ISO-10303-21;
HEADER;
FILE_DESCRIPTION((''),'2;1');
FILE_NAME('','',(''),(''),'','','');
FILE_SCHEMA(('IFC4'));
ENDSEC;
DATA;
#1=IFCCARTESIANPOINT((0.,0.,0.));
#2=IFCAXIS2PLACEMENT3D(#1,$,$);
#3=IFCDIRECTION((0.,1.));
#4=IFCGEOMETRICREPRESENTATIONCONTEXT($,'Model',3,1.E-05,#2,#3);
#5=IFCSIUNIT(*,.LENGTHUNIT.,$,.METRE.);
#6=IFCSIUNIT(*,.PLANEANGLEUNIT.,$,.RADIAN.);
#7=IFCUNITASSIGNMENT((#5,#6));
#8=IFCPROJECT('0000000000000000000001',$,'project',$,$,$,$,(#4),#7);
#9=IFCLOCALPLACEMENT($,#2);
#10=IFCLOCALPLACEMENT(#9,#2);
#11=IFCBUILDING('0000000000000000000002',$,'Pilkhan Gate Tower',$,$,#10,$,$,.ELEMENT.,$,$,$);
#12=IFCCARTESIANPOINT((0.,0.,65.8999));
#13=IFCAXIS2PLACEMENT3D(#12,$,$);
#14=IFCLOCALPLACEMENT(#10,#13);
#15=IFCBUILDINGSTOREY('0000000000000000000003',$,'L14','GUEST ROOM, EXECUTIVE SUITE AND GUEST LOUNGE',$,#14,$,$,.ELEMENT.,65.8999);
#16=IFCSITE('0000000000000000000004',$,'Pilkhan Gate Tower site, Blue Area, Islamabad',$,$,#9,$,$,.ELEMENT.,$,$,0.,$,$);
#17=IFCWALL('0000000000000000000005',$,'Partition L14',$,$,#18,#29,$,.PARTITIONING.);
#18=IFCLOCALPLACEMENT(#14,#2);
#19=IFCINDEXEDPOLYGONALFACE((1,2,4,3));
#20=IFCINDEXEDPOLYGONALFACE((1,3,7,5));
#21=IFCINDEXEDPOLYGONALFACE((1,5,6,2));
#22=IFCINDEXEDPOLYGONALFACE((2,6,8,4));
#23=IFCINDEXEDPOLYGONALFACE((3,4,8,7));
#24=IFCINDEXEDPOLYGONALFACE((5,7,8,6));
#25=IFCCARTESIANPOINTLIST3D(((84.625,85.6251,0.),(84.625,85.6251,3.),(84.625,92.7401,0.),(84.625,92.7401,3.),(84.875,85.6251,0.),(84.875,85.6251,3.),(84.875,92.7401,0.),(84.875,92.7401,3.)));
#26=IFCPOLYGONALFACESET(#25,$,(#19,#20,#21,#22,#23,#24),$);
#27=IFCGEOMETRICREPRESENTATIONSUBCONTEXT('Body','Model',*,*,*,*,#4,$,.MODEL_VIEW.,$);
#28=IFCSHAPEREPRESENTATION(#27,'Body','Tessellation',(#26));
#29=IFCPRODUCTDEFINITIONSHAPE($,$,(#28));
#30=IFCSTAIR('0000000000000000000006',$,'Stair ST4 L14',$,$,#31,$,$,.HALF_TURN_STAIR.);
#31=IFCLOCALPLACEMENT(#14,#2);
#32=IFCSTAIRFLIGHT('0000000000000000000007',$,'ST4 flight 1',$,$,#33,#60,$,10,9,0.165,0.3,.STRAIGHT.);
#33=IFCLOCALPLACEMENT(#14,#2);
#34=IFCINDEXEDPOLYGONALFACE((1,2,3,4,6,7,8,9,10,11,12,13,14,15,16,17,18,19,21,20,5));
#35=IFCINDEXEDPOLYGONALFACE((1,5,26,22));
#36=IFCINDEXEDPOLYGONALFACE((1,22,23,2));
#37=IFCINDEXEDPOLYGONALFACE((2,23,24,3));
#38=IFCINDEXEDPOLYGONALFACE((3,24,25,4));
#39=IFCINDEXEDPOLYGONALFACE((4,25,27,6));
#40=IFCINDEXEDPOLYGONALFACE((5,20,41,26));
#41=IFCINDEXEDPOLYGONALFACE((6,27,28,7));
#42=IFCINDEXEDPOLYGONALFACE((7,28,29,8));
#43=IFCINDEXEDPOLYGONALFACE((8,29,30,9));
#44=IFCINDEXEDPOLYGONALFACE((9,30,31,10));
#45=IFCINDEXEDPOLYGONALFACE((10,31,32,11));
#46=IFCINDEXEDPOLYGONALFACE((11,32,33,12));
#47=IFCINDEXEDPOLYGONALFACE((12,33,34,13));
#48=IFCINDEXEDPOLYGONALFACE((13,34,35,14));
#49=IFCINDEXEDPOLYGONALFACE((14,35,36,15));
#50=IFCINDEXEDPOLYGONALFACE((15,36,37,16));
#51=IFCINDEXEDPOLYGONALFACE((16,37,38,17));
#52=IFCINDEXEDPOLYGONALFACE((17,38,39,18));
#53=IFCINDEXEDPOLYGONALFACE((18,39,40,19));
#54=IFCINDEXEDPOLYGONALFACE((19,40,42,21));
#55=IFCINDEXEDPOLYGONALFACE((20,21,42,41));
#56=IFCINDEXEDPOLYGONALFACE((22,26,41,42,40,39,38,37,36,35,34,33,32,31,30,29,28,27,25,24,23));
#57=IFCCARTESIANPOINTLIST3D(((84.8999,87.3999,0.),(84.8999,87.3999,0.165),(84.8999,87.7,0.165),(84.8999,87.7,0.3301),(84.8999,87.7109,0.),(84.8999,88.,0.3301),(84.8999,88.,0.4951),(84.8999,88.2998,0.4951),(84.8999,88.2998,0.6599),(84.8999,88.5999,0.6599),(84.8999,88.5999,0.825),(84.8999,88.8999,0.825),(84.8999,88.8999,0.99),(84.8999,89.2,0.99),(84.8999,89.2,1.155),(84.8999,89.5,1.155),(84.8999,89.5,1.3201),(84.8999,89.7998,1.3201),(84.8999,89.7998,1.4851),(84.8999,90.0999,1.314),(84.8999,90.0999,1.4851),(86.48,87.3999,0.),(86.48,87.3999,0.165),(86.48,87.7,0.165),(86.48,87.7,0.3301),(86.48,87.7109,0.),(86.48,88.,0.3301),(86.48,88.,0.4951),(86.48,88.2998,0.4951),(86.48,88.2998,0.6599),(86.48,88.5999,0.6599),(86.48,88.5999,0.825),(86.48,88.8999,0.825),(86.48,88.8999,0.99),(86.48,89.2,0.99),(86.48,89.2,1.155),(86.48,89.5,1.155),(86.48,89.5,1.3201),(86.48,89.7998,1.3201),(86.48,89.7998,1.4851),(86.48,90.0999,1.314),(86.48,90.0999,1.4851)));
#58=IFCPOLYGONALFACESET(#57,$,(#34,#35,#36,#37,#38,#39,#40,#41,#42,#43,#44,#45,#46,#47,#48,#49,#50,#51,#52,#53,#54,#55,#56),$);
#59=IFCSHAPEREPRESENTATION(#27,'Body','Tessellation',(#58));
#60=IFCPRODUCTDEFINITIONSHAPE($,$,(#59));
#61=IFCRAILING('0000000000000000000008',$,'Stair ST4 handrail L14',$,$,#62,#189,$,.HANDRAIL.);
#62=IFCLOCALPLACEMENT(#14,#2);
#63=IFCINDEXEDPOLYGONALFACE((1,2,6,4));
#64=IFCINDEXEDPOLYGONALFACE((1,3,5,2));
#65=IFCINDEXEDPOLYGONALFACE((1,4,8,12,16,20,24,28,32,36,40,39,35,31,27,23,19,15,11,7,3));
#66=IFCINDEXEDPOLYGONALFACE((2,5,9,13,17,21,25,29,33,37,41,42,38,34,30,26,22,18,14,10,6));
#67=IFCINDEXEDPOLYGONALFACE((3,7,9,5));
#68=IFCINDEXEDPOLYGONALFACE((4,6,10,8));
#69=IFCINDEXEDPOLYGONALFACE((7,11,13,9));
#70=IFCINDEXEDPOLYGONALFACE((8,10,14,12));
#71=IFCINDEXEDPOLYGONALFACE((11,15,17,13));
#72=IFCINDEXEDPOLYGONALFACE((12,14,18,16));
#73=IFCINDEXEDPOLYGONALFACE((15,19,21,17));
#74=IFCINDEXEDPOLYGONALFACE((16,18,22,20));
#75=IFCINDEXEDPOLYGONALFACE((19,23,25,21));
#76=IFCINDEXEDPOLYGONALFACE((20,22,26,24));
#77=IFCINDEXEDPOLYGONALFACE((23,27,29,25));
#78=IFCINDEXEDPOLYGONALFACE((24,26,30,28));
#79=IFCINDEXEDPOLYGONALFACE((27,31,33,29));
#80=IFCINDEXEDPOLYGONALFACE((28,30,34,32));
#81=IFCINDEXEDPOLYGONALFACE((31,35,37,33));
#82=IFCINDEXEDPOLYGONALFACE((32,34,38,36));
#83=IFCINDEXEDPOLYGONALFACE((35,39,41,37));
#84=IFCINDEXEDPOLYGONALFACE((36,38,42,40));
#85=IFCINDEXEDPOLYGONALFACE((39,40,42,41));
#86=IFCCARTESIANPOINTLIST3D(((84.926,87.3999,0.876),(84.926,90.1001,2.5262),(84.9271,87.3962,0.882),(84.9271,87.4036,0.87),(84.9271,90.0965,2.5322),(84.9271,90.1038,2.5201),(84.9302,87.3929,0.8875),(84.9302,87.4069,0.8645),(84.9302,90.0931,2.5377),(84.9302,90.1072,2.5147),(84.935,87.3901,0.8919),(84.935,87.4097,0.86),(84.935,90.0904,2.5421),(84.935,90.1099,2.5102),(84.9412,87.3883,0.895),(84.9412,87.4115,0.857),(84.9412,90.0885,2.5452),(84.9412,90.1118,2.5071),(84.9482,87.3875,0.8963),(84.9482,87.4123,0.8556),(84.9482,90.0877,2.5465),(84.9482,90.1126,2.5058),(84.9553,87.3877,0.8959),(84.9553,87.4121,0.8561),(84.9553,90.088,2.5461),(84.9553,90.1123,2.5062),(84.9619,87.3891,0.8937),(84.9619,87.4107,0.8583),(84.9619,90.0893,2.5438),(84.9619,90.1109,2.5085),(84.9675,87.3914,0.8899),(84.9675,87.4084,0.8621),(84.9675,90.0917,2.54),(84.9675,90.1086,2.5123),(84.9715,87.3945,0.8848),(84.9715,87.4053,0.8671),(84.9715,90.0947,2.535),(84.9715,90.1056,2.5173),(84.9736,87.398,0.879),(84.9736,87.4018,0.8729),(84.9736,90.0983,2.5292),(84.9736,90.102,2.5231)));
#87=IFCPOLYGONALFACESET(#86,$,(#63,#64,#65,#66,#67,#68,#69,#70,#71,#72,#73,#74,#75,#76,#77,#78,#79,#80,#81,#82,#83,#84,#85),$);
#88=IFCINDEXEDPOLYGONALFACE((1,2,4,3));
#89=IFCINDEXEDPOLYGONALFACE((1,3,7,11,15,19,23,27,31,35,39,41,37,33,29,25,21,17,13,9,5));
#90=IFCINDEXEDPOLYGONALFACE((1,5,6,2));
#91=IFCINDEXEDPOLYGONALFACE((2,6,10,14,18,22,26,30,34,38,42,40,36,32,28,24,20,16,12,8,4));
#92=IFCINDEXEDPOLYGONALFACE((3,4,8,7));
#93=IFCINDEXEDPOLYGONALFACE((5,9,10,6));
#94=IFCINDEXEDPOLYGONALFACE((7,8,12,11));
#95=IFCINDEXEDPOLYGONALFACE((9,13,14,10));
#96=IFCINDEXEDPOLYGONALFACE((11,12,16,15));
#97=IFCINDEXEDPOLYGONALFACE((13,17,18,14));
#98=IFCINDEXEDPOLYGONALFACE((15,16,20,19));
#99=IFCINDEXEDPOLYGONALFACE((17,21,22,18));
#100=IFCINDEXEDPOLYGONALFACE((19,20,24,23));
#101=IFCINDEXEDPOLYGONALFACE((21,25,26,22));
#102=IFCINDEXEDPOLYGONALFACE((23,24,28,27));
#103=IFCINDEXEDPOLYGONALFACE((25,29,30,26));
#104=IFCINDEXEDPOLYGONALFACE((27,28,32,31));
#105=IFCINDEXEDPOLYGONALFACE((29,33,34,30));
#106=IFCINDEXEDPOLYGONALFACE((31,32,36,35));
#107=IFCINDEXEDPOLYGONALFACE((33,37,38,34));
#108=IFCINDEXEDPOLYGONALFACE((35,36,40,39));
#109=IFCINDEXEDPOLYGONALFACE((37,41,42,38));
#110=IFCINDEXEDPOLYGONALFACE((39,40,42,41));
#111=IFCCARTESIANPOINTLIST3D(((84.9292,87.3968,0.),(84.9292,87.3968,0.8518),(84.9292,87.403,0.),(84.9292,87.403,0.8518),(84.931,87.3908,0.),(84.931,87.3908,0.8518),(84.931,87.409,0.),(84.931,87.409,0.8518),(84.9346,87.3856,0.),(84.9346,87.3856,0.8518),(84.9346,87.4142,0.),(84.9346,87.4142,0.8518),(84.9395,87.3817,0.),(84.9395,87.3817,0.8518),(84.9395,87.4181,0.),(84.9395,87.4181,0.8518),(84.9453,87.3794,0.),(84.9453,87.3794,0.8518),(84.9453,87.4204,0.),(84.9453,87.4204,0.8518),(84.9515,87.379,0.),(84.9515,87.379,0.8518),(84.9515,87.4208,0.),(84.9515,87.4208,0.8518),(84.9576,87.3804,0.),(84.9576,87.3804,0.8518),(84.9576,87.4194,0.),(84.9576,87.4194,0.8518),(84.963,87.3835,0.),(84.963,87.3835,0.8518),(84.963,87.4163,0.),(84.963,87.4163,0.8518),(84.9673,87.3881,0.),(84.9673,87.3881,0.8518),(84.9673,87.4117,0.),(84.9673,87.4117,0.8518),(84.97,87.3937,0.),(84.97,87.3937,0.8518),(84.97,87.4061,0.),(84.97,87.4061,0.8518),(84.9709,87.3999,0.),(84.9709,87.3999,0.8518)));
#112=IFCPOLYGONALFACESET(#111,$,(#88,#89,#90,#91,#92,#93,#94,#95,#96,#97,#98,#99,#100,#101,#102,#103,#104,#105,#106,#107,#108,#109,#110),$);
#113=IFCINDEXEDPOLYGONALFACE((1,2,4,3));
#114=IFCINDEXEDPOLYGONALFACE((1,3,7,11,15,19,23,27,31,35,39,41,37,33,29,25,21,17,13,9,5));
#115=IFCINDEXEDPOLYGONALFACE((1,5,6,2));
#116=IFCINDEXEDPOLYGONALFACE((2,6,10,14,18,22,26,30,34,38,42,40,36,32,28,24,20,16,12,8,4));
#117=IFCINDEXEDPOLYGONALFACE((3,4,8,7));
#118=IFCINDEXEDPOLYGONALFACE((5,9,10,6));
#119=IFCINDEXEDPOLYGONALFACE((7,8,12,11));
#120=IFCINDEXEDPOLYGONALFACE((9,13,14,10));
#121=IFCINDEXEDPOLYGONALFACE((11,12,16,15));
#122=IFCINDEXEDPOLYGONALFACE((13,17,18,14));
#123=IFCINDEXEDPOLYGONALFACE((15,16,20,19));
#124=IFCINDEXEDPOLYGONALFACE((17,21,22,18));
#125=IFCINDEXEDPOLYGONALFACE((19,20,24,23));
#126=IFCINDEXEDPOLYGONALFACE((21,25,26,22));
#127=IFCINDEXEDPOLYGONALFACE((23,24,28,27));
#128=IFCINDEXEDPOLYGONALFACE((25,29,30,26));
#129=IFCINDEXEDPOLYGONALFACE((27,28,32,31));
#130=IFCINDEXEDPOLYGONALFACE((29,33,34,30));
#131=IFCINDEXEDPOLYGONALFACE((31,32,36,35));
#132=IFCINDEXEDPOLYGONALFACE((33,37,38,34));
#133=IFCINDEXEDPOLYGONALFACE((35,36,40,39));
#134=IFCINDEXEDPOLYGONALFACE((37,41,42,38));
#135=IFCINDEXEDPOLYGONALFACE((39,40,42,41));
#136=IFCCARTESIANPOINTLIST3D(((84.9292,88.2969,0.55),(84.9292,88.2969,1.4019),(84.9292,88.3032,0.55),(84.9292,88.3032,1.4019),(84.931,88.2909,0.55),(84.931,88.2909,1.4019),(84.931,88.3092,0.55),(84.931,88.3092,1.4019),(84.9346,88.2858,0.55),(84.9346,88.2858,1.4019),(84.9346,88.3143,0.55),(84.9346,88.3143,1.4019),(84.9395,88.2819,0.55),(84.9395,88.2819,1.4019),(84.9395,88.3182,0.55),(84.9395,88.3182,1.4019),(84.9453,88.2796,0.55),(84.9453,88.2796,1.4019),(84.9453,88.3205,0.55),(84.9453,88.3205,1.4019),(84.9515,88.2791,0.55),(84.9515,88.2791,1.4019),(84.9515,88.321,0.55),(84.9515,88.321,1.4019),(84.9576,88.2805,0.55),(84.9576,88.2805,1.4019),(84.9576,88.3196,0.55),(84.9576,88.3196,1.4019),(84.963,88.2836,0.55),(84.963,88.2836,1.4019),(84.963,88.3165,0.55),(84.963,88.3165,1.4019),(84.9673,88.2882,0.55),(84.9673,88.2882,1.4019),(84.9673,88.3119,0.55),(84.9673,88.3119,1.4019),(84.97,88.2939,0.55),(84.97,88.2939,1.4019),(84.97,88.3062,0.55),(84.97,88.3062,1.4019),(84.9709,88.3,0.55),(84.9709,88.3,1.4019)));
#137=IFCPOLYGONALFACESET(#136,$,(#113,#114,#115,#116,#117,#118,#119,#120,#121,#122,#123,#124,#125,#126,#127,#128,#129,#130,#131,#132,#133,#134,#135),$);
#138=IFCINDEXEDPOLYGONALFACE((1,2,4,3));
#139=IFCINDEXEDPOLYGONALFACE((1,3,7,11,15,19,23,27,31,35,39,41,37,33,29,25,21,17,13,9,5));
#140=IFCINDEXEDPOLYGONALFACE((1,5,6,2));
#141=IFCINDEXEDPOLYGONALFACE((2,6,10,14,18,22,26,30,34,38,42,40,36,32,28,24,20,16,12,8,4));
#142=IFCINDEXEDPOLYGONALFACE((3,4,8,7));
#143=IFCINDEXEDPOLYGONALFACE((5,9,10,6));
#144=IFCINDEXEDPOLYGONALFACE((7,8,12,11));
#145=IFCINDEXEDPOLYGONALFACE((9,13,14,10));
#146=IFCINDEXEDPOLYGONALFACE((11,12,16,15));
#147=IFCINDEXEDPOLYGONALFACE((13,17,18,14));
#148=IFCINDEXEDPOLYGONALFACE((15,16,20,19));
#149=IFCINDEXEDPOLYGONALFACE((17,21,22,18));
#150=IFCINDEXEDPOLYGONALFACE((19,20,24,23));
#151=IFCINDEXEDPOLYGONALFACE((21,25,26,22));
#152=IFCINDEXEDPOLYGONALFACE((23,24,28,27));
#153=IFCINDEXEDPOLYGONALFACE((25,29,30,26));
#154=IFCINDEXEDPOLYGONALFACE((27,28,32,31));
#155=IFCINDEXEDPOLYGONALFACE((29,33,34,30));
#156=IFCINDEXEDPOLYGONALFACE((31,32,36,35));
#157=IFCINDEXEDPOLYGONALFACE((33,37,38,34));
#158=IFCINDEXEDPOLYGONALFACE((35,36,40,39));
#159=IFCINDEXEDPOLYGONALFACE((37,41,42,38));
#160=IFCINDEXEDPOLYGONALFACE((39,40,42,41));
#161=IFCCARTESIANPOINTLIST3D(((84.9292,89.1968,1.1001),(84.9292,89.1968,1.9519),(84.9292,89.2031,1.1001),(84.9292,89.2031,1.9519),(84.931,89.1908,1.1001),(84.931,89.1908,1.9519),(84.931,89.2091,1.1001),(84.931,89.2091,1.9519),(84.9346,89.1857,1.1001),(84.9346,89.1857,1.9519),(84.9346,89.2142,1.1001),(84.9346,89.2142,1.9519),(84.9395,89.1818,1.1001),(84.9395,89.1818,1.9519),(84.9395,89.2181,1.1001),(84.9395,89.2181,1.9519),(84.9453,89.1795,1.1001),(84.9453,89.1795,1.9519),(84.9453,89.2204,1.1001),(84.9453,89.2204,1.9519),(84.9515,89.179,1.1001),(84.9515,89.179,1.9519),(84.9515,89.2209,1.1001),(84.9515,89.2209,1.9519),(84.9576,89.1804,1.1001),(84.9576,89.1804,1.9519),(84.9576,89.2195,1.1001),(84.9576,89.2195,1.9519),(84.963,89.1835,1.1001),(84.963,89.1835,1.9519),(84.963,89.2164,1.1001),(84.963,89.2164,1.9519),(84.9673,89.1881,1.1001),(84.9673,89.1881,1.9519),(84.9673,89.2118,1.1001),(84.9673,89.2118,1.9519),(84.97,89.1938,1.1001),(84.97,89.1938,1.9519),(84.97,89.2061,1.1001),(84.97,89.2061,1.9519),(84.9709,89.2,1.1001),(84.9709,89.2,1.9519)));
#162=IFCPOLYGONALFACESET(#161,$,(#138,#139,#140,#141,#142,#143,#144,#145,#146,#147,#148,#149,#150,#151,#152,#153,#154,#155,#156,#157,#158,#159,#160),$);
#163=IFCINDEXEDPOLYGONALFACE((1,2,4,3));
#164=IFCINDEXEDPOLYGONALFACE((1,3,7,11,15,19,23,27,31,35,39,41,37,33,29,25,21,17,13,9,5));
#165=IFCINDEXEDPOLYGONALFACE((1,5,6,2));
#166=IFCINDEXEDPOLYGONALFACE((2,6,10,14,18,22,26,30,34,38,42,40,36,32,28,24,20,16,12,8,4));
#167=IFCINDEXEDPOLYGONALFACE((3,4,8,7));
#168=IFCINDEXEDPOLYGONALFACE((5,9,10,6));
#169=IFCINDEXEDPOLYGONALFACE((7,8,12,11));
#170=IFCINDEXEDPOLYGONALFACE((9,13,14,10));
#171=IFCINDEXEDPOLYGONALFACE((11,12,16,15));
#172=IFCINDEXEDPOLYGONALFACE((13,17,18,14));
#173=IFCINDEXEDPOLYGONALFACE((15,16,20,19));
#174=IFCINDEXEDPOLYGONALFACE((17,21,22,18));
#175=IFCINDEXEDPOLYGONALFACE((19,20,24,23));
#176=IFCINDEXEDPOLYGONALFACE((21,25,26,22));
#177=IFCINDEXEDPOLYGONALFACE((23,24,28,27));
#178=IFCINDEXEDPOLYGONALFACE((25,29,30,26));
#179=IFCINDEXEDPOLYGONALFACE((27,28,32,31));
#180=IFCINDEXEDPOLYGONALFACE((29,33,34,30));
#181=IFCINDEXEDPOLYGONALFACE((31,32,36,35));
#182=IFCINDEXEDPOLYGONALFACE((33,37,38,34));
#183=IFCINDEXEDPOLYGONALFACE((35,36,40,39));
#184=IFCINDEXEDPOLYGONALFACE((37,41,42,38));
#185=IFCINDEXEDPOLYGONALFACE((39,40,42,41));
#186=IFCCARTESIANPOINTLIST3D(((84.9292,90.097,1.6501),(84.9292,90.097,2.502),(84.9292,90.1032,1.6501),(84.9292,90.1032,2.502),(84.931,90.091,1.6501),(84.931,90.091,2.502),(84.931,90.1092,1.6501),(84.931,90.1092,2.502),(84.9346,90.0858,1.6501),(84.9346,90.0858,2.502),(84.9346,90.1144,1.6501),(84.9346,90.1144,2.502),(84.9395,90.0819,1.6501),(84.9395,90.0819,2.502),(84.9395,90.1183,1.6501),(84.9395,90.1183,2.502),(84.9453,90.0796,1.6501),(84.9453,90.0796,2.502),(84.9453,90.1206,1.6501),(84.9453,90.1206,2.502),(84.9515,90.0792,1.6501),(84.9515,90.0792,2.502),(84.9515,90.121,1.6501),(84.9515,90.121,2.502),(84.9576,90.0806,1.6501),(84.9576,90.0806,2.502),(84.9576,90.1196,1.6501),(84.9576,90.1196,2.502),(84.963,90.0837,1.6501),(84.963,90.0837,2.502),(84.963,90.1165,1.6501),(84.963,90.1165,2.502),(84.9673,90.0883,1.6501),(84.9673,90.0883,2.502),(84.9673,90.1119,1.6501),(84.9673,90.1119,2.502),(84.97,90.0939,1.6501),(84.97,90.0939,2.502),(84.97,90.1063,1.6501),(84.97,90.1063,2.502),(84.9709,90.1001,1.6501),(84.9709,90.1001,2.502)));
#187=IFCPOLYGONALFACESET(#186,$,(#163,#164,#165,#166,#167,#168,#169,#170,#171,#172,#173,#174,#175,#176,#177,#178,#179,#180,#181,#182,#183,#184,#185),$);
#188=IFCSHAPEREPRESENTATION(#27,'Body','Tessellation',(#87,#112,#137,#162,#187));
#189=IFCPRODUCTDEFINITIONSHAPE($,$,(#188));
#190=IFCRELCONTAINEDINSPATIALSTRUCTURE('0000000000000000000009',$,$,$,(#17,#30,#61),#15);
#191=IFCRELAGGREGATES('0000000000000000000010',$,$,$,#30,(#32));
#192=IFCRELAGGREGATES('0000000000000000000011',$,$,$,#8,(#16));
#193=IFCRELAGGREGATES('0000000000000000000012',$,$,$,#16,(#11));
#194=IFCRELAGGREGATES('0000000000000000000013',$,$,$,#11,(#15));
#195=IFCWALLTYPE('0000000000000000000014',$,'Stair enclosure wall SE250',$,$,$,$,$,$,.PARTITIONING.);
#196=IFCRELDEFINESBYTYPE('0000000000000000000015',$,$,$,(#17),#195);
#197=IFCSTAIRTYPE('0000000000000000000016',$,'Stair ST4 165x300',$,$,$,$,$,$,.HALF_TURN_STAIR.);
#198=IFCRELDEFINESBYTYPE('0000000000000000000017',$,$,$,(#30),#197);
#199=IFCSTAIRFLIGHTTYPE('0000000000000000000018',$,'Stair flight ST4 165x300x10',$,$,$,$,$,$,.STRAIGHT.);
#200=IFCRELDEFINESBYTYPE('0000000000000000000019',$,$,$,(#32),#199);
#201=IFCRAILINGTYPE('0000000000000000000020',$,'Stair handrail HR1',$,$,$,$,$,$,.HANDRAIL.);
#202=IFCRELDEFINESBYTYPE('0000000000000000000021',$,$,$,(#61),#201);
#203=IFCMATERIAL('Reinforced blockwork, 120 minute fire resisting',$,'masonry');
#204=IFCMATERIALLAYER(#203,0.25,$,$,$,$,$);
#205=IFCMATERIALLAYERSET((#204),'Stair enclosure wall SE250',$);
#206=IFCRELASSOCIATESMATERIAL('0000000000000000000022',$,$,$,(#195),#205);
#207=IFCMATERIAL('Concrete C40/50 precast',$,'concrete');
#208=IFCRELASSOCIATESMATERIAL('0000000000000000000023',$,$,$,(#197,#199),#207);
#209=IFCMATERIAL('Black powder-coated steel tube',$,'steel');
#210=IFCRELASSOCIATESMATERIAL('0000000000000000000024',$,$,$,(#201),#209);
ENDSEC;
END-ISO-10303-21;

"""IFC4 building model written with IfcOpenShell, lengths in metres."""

from ifc_helpers import new_model, si_unit, direction, frame, frame_2d, origin, origin_2d, place, context, subcontext, project, spatial, polyline, rectangle, circle, outline, extrude, material, layer, layer_set, type_object, element, aggregate, save


model = new_model("IFC4")

# Units and contexts
model_context = context("Model", 3, precision=1e-05, world=origin(), true_north=direction((0.0, 1.0)))
body_context = subcontext(model_context, "Body", "Model", "MODEL_VIEW")
ifc_project = project(units=[si_unit("LENGTHUNIT", "METRE"), si_unit("PLANEANGLEUNIT", "RADIAN")], contexts=[model_context])

# Site, building, storey
site_placement = place(None, origin())
site = spatial("IfcSite", under=ifc_project, at=site_placement, Name="Pilkhan Gate Tower site, Blue Area, Islamabad", CompositionType="ELEMENT", RefElevation=0.0)
building_placement = place(site_placement, origin())
building = spatial("IfcBuilding", under=site, at=building_placement, Name="Pilkhan Gate Tower", CompositionType="ELEMENT")
storey_placement = place(building_placement, frame((0.0, 0.0, 65.8999)))
storey = spatial("IfcBuildingStorey", under=building, at=storey_placement, Name="L14", Description="GUEST ROOM, EXECUTIVE SUITE AND GUEST LOUNGE", CompositionType="ELEMENT", Elevation=65.8999)

# Wall
ifc_material_1 = material(Name="Reinforced blockwork, 120 minute fire resisting", Category="masonry")
ifc_layer_1 = layer(ifc_material_1, 0.25)
ifc_layer_set_1 = layer_set([ifc_layer_1], Name="Stair enclosure wall SE250")
wall_type_1 = type_object("IfcWallType", Name="Stair enclosure wall SE250", PredefinedType="PARTITIONING", material=ifc_layer_set_1)
wall_1_placement = place(storey_placement, frame((84.75, 85.625, 0.0), z_axis=(0.0, 0.0, 1.0), x_axis=(0.0, 1.0, 0.0)))
element("IfcWall", 1, at=wall_1_placement, inside=storey, type_object=wall_type_1, Name="Partition L14", PredefinedType="PARTITIONING", context=body_context, shape_type="SweptSolid", body=[
    extrude(rectangle(XDim=7.115, YDim=0.25, at=frame_2d((3.5576, 0.0))), origin(), (0.0, 0.0, 1.0), 3.0),
])

# Stair, stair flight
ifc_material_2 = material(Name="Concrete C40/50 precast", Category="concrete")
stair_type = type_object("IfcStairType", Name="Stair ST4 165x300", PredefinedType="HALF_TURN_STAIR", material=ifc_material_2)
stair_placement = place(storey_placement, origin())
stair = element("IfcStair", 2, at=stair_placement, inside=storey, type_object=stair_type, Name="Stair ST4 L14", PredefinedType="HALF_TURN_STAIR")
stair_flight_type = type_object("IfcStairFlightType", Name="Stair flight ST4 165x300x10", PredefinedType="STRAIGHT", material=ifc_material_2)
stair_flight_placement = place(storey_placement, frame((85.6899, 87.3999, 0.0), z_axis=(0.0, 0.0, 1.0), x_axis=(0.0, 1.0, 0.0)))
stair_flight = element("IfcStairFlight", 3, at=stair_flight_placement, type_object=stair_flight_type, Name="ST4 flight 1", NumberOfRisers=10, NumberOfTreads=9, PredefinedType="STRAIGHT", RiserHeight=0.165, TreadLength=0.3, context=body_context, shape_type="SweptSolid", body=[
    extrude(outline(polyline([(0.0, 0.0), (0.0, 0.165), (0.3, 0.165), (0.3, 0.3301), (0.6001, 0.3301), (0.6001, 0.4951), (0.8999, 0.4951), (0.8999, 0.6599), (1.2, 0.6599), (1.2, 0.825), (1.5, 0.825), (1.5, 0.99), (1.8, 0.99), (1.8, 1.155), (2.1001, 1.155), (2.1001, 1.3201), (2.3999, 1.3201), (2.3999, 1.4851), (2.7, 1.4851), (2.7, 1.6499), (2.7, 1.314), (0.311, 0.0), (0.0, 0.0)])), frame((0.0, 0.79, 0.0), z_axis=(0.0, -1.0, 0.0), x_axis=(1.0, 0.0, 0.0)), (0.0, 0.0, 1.0), 1.5801),
])
aggregate(stair, [stair_flight])

# Railing
ifc_material_3 = material(Name="Black powder-coated steel tube", Category="steel")
railing_type_1 = type_object("IfcRailingType", Name="Stair handrail HR1", PredefinedType="HANDRAIL", material=ifc_material_3)
railing_placement = place(storey_placement, frame((84.95, 87.3999, 0.0)))
element("IfcRailing", 4, at=railing_placement, inside=storey, type_object=railing_type_1, Name="Stair ST4 handrail L14", PredefinedType="HANDRAIL", context=body_context, shape_type="SweptSolid", body=[
    extrude(circle(Radius=0.0239, at=origin_2d()), frame((0.0, 0.0, 0.876), z_axis=(0.0, 0.853278, 0.521456), x_axis=(-1.0, 0.0, 0.0)), (0.0, 0.0, 1.0), 3.1646),
    extrude(circle(Radius=0.021, at=origin_2d()), origin(), (0.0, 0.0, 1.0), 0.8518),
    extrude(circle(Radius=0.021, at=origin_2d()), frame((0.0, 0.9001, 0.55)), (0.0, 0.0, 1.0), 0.8518),
    extrude(circle(Radius=0.021, at=origin_2d()), frame((0.0, 1.8, 1.1001)), (0.0, 0.0, 1.0), 0.8518),
    extrude(circle(Radius=0.021, at=origin_2d()), frame((0.0, 2.7002, 1.6501)), (0.0, 0.0, 1.0), 0.8518),
])

save(model, "model.ifc")
